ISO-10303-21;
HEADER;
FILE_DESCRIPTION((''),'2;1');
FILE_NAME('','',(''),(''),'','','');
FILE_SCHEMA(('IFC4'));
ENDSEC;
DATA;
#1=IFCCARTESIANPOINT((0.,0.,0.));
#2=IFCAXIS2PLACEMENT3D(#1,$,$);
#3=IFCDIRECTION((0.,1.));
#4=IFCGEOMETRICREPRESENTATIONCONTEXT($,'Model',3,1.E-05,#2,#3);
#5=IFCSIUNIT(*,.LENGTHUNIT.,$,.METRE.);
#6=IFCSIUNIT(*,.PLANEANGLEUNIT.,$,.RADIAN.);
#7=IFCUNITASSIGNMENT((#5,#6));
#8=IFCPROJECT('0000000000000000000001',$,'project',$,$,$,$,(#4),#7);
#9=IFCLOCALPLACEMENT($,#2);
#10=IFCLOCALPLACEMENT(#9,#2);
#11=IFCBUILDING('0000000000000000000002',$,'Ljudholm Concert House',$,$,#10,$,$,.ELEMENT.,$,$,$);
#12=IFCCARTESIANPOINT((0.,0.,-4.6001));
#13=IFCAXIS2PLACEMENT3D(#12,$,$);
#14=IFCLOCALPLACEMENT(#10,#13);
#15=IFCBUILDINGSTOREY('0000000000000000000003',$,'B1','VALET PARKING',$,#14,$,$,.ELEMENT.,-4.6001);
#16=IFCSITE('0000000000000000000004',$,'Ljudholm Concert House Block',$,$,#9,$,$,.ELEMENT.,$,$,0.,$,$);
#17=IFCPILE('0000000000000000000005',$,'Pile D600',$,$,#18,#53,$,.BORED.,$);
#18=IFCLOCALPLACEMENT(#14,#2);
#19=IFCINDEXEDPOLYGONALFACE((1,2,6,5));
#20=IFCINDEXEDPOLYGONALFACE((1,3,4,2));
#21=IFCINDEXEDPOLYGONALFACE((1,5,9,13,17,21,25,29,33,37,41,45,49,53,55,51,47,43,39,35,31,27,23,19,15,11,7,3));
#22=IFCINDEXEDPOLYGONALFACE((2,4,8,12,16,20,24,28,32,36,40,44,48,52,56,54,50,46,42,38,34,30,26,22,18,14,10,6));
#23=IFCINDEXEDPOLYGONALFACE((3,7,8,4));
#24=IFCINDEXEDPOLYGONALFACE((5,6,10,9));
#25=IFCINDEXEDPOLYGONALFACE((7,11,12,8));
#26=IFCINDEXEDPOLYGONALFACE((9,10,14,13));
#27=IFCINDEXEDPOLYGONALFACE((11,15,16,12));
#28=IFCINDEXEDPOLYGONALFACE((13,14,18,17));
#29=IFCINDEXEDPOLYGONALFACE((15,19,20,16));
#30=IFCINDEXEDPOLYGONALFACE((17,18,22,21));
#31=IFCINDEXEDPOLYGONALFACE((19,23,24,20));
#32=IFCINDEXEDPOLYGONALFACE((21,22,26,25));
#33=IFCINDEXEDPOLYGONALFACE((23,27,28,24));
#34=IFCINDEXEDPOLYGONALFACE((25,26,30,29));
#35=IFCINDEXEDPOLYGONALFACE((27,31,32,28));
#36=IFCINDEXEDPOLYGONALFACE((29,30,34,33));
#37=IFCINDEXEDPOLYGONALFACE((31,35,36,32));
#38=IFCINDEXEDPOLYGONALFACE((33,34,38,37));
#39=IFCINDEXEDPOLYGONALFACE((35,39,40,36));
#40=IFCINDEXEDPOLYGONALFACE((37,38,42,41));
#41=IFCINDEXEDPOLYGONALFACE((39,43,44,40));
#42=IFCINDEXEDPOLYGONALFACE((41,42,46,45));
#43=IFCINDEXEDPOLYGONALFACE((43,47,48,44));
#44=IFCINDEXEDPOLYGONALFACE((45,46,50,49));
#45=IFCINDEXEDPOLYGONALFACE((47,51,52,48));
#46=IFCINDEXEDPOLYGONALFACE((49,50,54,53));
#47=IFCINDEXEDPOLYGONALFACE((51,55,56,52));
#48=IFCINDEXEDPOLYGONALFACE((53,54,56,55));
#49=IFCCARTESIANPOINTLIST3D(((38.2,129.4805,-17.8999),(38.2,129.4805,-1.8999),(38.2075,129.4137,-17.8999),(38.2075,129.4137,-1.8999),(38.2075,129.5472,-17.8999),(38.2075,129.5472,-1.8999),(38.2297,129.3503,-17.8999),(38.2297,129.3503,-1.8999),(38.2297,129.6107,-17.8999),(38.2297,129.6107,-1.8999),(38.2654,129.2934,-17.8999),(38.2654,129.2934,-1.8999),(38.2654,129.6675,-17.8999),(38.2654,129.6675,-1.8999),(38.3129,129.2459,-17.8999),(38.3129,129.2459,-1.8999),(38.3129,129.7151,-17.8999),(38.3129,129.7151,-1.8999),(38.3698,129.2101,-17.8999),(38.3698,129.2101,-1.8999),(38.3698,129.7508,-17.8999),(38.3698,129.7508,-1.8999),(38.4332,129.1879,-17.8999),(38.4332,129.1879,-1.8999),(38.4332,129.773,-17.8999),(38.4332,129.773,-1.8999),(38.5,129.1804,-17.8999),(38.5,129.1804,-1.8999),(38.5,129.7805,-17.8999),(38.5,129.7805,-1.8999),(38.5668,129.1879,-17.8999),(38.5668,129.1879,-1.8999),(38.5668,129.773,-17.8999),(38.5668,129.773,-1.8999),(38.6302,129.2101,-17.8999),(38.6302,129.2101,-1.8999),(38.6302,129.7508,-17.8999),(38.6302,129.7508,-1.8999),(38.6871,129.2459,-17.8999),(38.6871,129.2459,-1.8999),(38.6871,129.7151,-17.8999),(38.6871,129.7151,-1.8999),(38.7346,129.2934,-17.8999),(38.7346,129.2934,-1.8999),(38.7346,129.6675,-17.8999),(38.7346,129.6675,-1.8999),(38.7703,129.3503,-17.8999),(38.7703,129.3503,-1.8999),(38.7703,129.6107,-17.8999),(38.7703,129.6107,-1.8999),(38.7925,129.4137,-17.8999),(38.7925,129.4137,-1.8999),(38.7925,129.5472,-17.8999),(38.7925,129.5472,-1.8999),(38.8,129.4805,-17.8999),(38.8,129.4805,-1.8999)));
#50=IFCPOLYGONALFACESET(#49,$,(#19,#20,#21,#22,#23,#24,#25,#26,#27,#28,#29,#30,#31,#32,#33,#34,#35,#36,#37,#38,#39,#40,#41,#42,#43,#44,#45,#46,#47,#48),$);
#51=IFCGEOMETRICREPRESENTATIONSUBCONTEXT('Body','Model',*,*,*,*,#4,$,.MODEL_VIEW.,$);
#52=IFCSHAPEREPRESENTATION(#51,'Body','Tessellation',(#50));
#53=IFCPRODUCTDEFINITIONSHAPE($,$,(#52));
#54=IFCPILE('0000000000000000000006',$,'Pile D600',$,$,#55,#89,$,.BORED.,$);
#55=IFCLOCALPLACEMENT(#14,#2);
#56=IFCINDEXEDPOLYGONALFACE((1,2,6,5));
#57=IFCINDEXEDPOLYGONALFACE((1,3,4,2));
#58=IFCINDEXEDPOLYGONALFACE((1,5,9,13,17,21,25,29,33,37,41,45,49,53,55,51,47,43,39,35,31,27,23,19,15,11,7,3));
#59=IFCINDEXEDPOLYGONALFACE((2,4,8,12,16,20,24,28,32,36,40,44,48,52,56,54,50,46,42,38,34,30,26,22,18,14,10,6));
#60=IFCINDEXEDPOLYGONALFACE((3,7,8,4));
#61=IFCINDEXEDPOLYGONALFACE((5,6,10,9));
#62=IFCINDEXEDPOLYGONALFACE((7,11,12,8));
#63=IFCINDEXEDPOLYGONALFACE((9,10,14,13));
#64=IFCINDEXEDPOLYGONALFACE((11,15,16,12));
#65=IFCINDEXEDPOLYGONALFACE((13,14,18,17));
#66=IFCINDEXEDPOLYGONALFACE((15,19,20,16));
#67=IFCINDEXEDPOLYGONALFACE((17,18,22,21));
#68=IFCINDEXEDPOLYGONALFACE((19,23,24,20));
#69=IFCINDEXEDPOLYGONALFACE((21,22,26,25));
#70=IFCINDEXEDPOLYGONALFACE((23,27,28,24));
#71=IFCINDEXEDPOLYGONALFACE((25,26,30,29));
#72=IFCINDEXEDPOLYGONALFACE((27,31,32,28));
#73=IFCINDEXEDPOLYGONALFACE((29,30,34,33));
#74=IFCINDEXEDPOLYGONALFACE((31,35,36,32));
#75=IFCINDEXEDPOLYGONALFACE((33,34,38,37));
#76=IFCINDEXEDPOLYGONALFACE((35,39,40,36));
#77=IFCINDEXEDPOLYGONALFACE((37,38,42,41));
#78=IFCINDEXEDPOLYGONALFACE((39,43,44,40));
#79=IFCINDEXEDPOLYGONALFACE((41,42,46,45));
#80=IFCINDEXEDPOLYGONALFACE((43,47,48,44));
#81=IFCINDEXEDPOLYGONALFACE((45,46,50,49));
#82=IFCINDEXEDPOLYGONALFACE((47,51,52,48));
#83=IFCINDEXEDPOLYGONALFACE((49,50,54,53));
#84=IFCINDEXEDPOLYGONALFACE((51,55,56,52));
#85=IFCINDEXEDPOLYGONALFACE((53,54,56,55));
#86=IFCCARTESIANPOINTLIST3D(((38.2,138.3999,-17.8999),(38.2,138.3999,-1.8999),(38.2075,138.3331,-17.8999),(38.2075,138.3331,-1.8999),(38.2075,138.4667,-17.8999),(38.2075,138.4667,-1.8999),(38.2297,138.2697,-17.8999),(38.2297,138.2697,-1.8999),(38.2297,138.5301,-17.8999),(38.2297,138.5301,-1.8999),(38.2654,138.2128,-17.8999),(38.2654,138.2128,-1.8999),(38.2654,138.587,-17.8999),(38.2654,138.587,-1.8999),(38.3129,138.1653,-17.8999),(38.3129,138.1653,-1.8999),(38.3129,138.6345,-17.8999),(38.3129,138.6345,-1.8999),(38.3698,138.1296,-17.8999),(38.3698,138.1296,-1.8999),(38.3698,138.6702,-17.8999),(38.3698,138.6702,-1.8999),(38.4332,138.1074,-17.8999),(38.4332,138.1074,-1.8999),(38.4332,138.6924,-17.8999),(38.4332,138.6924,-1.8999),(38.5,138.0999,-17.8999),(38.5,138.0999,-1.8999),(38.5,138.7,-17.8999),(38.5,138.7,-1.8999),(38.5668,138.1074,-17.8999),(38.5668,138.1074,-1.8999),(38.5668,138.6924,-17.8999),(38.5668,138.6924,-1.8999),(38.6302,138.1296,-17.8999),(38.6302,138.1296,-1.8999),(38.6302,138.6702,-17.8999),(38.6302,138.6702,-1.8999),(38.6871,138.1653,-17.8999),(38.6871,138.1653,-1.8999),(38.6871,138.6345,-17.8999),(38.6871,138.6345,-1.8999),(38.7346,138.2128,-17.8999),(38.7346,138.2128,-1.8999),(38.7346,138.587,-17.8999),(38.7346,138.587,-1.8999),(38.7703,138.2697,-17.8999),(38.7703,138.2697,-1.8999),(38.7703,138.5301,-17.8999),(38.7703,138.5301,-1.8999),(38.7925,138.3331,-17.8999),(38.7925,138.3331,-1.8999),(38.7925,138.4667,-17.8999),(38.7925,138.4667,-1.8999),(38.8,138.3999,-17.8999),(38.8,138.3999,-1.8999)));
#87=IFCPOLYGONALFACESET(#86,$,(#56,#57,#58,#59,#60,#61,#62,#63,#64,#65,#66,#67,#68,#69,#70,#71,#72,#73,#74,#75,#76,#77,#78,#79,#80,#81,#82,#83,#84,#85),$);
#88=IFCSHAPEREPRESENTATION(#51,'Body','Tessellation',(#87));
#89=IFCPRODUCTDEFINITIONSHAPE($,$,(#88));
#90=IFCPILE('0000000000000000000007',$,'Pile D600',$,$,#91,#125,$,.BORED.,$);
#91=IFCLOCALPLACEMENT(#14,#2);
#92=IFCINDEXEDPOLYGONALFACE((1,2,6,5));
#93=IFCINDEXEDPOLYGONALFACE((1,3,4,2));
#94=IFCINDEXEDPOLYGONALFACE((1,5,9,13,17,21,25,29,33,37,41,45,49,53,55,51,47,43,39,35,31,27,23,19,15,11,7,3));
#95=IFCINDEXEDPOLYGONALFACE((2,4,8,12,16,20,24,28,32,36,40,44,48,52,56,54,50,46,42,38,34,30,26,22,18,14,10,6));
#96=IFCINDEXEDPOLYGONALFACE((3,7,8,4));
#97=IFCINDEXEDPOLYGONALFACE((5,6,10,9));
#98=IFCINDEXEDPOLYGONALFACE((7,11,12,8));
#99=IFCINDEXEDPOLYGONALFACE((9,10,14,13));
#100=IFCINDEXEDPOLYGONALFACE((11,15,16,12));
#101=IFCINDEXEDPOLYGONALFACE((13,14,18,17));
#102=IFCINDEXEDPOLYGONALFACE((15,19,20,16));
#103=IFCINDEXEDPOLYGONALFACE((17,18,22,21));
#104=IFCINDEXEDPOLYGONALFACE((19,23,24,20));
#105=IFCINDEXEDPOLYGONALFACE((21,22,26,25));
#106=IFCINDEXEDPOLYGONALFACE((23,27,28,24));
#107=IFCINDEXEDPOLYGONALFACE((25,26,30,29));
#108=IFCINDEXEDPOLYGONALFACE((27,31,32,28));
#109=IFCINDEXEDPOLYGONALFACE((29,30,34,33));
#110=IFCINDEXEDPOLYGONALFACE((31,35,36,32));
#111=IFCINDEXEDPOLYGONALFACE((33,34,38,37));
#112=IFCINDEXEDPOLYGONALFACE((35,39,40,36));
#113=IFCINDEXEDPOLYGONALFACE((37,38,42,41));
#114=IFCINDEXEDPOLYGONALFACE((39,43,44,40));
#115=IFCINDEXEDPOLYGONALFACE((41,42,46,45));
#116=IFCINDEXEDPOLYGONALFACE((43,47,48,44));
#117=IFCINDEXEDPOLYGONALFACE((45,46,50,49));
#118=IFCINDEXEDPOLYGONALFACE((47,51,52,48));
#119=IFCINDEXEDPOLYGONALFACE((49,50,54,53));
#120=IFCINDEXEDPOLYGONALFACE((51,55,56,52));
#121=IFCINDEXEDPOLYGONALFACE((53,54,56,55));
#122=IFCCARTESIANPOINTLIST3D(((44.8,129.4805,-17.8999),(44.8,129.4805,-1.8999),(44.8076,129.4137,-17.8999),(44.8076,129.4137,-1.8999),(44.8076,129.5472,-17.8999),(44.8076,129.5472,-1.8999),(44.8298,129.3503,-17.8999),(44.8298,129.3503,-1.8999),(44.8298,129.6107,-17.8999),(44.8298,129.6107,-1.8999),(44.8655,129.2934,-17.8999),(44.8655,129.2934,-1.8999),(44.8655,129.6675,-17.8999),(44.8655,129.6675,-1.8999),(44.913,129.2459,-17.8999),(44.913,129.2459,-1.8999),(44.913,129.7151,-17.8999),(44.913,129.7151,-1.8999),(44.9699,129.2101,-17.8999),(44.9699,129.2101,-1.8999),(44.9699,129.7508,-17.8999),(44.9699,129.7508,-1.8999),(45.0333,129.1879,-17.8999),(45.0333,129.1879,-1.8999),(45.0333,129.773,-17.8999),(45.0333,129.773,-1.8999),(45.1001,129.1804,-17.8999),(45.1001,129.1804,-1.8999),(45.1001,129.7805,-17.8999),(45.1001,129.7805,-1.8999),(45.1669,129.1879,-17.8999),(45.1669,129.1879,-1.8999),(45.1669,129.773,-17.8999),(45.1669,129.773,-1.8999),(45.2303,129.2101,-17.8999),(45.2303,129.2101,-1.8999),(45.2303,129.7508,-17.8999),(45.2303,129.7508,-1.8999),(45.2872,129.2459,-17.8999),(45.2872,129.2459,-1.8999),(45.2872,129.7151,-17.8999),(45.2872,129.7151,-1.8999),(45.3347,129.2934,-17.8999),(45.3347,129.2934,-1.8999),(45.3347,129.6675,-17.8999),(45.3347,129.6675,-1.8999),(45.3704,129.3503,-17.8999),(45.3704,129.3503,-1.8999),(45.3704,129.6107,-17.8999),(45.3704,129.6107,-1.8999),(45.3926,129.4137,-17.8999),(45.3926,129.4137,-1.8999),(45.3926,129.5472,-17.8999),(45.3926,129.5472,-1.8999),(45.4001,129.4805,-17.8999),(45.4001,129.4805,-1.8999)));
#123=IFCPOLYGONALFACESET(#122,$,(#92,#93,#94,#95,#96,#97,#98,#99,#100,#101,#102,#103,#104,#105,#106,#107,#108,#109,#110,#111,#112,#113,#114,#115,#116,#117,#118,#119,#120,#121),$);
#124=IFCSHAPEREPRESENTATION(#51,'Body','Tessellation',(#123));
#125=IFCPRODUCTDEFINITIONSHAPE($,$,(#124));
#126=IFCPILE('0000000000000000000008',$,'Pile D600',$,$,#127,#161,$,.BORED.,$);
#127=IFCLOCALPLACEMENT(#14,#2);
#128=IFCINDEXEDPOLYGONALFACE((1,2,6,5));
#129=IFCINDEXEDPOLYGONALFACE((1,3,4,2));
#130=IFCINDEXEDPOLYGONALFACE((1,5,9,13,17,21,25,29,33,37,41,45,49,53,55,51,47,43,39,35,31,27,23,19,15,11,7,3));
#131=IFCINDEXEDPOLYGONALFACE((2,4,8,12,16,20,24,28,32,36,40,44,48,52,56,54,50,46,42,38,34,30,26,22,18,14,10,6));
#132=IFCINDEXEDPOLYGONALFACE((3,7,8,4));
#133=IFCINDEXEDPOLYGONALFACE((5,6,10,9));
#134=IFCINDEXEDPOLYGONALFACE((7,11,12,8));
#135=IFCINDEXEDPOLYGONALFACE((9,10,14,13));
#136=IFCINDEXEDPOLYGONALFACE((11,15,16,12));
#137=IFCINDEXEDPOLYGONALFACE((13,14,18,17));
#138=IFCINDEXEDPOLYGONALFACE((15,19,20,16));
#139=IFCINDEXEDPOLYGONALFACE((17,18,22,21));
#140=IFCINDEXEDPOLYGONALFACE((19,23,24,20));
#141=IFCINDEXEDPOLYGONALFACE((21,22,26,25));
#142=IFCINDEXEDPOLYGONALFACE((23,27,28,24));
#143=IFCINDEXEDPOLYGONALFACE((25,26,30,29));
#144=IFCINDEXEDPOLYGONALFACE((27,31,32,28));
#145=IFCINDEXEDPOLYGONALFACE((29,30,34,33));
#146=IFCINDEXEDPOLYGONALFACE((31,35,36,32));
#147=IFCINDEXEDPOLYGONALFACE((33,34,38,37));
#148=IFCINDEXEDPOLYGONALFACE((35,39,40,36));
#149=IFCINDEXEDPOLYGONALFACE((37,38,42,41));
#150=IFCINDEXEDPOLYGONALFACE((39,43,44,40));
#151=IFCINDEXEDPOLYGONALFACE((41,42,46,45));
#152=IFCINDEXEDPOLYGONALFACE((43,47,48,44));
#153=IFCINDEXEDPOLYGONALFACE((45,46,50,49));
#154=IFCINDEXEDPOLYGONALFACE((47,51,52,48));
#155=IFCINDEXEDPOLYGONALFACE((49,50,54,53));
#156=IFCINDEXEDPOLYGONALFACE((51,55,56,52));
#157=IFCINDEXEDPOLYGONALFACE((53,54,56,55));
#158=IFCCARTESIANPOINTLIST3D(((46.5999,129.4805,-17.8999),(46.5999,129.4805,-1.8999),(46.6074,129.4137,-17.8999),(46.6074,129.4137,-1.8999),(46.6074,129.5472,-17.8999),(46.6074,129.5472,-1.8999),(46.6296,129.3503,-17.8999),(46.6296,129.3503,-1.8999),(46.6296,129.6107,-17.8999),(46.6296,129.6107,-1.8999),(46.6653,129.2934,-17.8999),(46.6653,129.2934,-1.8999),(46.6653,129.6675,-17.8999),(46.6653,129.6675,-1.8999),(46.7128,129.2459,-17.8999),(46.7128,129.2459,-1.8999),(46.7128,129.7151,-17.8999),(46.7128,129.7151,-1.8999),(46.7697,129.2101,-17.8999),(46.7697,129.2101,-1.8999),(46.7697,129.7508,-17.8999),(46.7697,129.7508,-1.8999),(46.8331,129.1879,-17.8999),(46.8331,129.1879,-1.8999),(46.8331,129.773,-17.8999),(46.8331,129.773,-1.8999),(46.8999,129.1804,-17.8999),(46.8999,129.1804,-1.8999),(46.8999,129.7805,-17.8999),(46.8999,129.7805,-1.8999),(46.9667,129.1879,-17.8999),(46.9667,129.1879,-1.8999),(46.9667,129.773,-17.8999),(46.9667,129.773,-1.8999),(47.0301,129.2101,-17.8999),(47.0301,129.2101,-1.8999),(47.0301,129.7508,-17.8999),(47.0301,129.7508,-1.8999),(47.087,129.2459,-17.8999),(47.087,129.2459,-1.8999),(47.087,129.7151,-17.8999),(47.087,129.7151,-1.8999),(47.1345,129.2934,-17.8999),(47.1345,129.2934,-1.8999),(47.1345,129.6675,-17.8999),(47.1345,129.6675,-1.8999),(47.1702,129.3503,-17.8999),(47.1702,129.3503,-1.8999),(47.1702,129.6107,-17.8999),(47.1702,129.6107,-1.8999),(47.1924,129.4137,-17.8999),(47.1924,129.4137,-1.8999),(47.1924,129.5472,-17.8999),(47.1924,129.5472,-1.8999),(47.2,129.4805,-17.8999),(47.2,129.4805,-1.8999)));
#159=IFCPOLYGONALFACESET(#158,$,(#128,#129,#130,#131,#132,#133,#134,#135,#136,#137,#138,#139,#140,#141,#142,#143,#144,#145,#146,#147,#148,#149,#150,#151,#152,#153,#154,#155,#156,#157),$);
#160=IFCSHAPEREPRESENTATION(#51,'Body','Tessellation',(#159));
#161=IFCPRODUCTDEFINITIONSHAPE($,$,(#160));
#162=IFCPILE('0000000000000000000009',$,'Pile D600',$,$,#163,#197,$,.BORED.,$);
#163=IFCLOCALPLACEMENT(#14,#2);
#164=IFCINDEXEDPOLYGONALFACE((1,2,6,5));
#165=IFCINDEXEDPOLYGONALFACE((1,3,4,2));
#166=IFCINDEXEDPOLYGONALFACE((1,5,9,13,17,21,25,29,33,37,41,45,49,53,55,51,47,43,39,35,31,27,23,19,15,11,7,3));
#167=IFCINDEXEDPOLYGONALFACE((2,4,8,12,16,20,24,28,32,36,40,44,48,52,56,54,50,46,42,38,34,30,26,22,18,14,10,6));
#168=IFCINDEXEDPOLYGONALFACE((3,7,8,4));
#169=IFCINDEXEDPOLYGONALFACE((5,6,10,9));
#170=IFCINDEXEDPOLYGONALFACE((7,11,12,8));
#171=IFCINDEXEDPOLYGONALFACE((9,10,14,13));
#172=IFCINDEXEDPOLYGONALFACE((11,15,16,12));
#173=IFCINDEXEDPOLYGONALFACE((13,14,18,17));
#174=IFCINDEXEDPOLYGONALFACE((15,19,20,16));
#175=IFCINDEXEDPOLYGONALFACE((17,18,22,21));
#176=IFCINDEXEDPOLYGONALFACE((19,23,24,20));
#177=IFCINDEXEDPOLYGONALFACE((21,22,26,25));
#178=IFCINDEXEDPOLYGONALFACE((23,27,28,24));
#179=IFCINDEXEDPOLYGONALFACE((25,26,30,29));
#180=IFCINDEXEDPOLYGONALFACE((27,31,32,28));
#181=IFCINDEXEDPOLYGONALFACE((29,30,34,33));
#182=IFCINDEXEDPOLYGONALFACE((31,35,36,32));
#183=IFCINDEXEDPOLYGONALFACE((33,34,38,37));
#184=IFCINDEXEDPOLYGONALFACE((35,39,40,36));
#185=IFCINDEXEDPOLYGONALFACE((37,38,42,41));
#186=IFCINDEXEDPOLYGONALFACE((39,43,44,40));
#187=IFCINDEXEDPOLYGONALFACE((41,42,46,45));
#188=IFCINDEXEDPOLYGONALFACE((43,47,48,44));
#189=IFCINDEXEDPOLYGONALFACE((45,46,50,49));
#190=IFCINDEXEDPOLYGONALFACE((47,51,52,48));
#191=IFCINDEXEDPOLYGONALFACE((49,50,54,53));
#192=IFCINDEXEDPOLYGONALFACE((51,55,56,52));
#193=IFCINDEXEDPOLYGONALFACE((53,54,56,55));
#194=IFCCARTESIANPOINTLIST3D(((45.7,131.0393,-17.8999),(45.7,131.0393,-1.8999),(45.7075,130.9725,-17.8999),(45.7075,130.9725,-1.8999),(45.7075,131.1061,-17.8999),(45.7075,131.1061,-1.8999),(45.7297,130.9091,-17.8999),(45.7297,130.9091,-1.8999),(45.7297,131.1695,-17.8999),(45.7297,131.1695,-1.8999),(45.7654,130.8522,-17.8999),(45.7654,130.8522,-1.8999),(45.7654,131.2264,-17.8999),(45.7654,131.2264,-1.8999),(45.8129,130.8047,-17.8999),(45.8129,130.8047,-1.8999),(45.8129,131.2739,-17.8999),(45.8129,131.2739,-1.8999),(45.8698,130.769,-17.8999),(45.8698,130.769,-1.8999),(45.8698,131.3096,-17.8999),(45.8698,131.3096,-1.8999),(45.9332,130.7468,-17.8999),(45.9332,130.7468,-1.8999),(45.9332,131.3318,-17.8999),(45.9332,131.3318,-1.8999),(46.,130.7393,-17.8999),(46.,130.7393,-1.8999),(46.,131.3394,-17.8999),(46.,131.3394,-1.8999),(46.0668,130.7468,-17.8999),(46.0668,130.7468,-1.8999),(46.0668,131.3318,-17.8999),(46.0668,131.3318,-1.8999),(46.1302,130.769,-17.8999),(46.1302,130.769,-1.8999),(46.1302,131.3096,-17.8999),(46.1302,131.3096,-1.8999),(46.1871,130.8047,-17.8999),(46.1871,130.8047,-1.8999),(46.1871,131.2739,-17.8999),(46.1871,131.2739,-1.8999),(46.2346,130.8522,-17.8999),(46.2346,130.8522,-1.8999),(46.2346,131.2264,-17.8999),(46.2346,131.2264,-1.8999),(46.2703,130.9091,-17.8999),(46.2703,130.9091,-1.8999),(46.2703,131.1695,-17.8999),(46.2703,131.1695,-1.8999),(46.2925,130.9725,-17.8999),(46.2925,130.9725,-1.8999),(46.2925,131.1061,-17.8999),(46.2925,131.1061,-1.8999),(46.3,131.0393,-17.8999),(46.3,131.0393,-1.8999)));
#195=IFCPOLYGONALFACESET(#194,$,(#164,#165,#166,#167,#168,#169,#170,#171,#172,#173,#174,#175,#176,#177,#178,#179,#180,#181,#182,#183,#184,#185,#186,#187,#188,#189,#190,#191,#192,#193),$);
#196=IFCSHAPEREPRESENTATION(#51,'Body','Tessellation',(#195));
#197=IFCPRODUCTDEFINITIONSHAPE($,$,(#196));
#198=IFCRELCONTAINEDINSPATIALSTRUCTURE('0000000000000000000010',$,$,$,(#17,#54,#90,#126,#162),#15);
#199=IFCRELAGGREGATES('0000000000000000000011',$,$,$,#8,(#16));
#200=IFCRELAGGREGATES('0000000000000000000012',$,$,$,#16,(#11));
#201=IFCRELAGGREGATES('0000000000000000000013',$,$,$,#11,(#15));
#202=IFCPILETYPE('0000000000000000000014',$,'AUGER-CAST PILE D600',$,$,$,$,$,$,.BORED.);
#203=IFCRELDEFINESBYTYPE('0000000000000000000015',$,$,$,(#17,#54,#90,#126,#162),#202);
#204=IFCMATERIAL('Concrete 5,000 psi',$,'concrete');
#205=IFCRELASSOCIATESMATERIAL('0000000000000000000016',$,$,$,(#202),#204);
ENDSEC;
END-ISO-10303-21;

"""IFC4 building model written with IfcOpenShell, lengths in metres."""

from ifc_helpers import new_model, si_unit, direction, frame, origin, origin_2d, place, context, subcontext, project, spatial, circle, extrude, material, material_profile, profile_set, type_object, element, save


model = new_model("IFC4")

# Units and contexts
model_context = context("Model", 3, precision=1e-05, world=origin(), true_north=direction((0.0, 1.0)))
body_context = subcontext(model_context, "Body", "Model", "MODEL_VIEW")
ifc_project = project(units=[si_unit("LENGTHUNIT", "METRE"), si_unit("PLANEANGLEUNIT", "RADIAN")], contexts=[model_context])

# Site, building, storey
site_placement = place(None, origin())
site = spatial("IfcSite", under=ifc_project, at=site_placement, Name="Ljudholm Concert House Block", CompositionType="ELEMENT", RefElevation=0.0)
building_placement = place(site_placement, origin())
building = spatial("IfcBuilding", under=site, at=building_placement, Name="Ljudholm Concert House", CompositionType="ELEMENT")
storey_placement = place(building_placement, frame((0.0, 0.0, -4.6001)))
storey = spatial("IfcBuildingStorey", under=building, at=storey_placement, Name="B1", Description="VALET PARKING", CompositionType="ELEMENT", Elevation=-4.6001)

# Piles
ifc_material_1 = material(Name="Concrete 5,000 psi", Category="concrete")
ifc_material_profile_1 = material_profile(ifc_material_1, circle(Radius=0.3, at=origin_2d()), Name="AUGER-CAST PILE D600")
ifc_profile_set_1 = profile_set([ifc_material_profile_1], Name="Concrete 5,000 psi")
pile_type = type_object("IfcPileType", Name="AUGER-CAST PILE D600", PredefinedType="BORED", material=ifc_profile_set_1)
for number, where, z_axis, x_axis, name in (
    (1, (38.5, 129.4805, -1.8999), (0.0, 0.0, -1.0), (1.0, 0.0, 0.0), "Pile D600"),
    (2, (38.5, 138.3999, -1.8999), (0.0, 0.0, -1.0), (1.0, 0.0, 0.0), "Pile D600"),
    (3, (45.1001, 129.4805, -1.8999), (0.0, 0.0, -1.0), (1.0, 0.0, 0.0), "Pile D600"),
    (4, (46.8999, 129.4805, -1.8999), (0.0, 0.0, -1.0), (1.0, 0.0, 0.0), "Pile D600"),
    (5, (46.0, 131.0393, -1.8999), (0.0, 0.0, -1.0), (1.0, 0.0, 0.0), "Pile D600"),
):
    element("IfcPile", number, at=place(storey_placement, frame(where, z_axis=z_axis, x_axis=x_axis)), inside=storey, type_object=pile_type, Name=name, PredefinedType="BORED", context=body_context, shape_type="SweptSolid", body=[
        extrude(circle(Radius=0.3, at=origin_2d()), origin(), (0.0, 0.0, 1.0), 16.0),
    ])

save(model, "model.ifc")
